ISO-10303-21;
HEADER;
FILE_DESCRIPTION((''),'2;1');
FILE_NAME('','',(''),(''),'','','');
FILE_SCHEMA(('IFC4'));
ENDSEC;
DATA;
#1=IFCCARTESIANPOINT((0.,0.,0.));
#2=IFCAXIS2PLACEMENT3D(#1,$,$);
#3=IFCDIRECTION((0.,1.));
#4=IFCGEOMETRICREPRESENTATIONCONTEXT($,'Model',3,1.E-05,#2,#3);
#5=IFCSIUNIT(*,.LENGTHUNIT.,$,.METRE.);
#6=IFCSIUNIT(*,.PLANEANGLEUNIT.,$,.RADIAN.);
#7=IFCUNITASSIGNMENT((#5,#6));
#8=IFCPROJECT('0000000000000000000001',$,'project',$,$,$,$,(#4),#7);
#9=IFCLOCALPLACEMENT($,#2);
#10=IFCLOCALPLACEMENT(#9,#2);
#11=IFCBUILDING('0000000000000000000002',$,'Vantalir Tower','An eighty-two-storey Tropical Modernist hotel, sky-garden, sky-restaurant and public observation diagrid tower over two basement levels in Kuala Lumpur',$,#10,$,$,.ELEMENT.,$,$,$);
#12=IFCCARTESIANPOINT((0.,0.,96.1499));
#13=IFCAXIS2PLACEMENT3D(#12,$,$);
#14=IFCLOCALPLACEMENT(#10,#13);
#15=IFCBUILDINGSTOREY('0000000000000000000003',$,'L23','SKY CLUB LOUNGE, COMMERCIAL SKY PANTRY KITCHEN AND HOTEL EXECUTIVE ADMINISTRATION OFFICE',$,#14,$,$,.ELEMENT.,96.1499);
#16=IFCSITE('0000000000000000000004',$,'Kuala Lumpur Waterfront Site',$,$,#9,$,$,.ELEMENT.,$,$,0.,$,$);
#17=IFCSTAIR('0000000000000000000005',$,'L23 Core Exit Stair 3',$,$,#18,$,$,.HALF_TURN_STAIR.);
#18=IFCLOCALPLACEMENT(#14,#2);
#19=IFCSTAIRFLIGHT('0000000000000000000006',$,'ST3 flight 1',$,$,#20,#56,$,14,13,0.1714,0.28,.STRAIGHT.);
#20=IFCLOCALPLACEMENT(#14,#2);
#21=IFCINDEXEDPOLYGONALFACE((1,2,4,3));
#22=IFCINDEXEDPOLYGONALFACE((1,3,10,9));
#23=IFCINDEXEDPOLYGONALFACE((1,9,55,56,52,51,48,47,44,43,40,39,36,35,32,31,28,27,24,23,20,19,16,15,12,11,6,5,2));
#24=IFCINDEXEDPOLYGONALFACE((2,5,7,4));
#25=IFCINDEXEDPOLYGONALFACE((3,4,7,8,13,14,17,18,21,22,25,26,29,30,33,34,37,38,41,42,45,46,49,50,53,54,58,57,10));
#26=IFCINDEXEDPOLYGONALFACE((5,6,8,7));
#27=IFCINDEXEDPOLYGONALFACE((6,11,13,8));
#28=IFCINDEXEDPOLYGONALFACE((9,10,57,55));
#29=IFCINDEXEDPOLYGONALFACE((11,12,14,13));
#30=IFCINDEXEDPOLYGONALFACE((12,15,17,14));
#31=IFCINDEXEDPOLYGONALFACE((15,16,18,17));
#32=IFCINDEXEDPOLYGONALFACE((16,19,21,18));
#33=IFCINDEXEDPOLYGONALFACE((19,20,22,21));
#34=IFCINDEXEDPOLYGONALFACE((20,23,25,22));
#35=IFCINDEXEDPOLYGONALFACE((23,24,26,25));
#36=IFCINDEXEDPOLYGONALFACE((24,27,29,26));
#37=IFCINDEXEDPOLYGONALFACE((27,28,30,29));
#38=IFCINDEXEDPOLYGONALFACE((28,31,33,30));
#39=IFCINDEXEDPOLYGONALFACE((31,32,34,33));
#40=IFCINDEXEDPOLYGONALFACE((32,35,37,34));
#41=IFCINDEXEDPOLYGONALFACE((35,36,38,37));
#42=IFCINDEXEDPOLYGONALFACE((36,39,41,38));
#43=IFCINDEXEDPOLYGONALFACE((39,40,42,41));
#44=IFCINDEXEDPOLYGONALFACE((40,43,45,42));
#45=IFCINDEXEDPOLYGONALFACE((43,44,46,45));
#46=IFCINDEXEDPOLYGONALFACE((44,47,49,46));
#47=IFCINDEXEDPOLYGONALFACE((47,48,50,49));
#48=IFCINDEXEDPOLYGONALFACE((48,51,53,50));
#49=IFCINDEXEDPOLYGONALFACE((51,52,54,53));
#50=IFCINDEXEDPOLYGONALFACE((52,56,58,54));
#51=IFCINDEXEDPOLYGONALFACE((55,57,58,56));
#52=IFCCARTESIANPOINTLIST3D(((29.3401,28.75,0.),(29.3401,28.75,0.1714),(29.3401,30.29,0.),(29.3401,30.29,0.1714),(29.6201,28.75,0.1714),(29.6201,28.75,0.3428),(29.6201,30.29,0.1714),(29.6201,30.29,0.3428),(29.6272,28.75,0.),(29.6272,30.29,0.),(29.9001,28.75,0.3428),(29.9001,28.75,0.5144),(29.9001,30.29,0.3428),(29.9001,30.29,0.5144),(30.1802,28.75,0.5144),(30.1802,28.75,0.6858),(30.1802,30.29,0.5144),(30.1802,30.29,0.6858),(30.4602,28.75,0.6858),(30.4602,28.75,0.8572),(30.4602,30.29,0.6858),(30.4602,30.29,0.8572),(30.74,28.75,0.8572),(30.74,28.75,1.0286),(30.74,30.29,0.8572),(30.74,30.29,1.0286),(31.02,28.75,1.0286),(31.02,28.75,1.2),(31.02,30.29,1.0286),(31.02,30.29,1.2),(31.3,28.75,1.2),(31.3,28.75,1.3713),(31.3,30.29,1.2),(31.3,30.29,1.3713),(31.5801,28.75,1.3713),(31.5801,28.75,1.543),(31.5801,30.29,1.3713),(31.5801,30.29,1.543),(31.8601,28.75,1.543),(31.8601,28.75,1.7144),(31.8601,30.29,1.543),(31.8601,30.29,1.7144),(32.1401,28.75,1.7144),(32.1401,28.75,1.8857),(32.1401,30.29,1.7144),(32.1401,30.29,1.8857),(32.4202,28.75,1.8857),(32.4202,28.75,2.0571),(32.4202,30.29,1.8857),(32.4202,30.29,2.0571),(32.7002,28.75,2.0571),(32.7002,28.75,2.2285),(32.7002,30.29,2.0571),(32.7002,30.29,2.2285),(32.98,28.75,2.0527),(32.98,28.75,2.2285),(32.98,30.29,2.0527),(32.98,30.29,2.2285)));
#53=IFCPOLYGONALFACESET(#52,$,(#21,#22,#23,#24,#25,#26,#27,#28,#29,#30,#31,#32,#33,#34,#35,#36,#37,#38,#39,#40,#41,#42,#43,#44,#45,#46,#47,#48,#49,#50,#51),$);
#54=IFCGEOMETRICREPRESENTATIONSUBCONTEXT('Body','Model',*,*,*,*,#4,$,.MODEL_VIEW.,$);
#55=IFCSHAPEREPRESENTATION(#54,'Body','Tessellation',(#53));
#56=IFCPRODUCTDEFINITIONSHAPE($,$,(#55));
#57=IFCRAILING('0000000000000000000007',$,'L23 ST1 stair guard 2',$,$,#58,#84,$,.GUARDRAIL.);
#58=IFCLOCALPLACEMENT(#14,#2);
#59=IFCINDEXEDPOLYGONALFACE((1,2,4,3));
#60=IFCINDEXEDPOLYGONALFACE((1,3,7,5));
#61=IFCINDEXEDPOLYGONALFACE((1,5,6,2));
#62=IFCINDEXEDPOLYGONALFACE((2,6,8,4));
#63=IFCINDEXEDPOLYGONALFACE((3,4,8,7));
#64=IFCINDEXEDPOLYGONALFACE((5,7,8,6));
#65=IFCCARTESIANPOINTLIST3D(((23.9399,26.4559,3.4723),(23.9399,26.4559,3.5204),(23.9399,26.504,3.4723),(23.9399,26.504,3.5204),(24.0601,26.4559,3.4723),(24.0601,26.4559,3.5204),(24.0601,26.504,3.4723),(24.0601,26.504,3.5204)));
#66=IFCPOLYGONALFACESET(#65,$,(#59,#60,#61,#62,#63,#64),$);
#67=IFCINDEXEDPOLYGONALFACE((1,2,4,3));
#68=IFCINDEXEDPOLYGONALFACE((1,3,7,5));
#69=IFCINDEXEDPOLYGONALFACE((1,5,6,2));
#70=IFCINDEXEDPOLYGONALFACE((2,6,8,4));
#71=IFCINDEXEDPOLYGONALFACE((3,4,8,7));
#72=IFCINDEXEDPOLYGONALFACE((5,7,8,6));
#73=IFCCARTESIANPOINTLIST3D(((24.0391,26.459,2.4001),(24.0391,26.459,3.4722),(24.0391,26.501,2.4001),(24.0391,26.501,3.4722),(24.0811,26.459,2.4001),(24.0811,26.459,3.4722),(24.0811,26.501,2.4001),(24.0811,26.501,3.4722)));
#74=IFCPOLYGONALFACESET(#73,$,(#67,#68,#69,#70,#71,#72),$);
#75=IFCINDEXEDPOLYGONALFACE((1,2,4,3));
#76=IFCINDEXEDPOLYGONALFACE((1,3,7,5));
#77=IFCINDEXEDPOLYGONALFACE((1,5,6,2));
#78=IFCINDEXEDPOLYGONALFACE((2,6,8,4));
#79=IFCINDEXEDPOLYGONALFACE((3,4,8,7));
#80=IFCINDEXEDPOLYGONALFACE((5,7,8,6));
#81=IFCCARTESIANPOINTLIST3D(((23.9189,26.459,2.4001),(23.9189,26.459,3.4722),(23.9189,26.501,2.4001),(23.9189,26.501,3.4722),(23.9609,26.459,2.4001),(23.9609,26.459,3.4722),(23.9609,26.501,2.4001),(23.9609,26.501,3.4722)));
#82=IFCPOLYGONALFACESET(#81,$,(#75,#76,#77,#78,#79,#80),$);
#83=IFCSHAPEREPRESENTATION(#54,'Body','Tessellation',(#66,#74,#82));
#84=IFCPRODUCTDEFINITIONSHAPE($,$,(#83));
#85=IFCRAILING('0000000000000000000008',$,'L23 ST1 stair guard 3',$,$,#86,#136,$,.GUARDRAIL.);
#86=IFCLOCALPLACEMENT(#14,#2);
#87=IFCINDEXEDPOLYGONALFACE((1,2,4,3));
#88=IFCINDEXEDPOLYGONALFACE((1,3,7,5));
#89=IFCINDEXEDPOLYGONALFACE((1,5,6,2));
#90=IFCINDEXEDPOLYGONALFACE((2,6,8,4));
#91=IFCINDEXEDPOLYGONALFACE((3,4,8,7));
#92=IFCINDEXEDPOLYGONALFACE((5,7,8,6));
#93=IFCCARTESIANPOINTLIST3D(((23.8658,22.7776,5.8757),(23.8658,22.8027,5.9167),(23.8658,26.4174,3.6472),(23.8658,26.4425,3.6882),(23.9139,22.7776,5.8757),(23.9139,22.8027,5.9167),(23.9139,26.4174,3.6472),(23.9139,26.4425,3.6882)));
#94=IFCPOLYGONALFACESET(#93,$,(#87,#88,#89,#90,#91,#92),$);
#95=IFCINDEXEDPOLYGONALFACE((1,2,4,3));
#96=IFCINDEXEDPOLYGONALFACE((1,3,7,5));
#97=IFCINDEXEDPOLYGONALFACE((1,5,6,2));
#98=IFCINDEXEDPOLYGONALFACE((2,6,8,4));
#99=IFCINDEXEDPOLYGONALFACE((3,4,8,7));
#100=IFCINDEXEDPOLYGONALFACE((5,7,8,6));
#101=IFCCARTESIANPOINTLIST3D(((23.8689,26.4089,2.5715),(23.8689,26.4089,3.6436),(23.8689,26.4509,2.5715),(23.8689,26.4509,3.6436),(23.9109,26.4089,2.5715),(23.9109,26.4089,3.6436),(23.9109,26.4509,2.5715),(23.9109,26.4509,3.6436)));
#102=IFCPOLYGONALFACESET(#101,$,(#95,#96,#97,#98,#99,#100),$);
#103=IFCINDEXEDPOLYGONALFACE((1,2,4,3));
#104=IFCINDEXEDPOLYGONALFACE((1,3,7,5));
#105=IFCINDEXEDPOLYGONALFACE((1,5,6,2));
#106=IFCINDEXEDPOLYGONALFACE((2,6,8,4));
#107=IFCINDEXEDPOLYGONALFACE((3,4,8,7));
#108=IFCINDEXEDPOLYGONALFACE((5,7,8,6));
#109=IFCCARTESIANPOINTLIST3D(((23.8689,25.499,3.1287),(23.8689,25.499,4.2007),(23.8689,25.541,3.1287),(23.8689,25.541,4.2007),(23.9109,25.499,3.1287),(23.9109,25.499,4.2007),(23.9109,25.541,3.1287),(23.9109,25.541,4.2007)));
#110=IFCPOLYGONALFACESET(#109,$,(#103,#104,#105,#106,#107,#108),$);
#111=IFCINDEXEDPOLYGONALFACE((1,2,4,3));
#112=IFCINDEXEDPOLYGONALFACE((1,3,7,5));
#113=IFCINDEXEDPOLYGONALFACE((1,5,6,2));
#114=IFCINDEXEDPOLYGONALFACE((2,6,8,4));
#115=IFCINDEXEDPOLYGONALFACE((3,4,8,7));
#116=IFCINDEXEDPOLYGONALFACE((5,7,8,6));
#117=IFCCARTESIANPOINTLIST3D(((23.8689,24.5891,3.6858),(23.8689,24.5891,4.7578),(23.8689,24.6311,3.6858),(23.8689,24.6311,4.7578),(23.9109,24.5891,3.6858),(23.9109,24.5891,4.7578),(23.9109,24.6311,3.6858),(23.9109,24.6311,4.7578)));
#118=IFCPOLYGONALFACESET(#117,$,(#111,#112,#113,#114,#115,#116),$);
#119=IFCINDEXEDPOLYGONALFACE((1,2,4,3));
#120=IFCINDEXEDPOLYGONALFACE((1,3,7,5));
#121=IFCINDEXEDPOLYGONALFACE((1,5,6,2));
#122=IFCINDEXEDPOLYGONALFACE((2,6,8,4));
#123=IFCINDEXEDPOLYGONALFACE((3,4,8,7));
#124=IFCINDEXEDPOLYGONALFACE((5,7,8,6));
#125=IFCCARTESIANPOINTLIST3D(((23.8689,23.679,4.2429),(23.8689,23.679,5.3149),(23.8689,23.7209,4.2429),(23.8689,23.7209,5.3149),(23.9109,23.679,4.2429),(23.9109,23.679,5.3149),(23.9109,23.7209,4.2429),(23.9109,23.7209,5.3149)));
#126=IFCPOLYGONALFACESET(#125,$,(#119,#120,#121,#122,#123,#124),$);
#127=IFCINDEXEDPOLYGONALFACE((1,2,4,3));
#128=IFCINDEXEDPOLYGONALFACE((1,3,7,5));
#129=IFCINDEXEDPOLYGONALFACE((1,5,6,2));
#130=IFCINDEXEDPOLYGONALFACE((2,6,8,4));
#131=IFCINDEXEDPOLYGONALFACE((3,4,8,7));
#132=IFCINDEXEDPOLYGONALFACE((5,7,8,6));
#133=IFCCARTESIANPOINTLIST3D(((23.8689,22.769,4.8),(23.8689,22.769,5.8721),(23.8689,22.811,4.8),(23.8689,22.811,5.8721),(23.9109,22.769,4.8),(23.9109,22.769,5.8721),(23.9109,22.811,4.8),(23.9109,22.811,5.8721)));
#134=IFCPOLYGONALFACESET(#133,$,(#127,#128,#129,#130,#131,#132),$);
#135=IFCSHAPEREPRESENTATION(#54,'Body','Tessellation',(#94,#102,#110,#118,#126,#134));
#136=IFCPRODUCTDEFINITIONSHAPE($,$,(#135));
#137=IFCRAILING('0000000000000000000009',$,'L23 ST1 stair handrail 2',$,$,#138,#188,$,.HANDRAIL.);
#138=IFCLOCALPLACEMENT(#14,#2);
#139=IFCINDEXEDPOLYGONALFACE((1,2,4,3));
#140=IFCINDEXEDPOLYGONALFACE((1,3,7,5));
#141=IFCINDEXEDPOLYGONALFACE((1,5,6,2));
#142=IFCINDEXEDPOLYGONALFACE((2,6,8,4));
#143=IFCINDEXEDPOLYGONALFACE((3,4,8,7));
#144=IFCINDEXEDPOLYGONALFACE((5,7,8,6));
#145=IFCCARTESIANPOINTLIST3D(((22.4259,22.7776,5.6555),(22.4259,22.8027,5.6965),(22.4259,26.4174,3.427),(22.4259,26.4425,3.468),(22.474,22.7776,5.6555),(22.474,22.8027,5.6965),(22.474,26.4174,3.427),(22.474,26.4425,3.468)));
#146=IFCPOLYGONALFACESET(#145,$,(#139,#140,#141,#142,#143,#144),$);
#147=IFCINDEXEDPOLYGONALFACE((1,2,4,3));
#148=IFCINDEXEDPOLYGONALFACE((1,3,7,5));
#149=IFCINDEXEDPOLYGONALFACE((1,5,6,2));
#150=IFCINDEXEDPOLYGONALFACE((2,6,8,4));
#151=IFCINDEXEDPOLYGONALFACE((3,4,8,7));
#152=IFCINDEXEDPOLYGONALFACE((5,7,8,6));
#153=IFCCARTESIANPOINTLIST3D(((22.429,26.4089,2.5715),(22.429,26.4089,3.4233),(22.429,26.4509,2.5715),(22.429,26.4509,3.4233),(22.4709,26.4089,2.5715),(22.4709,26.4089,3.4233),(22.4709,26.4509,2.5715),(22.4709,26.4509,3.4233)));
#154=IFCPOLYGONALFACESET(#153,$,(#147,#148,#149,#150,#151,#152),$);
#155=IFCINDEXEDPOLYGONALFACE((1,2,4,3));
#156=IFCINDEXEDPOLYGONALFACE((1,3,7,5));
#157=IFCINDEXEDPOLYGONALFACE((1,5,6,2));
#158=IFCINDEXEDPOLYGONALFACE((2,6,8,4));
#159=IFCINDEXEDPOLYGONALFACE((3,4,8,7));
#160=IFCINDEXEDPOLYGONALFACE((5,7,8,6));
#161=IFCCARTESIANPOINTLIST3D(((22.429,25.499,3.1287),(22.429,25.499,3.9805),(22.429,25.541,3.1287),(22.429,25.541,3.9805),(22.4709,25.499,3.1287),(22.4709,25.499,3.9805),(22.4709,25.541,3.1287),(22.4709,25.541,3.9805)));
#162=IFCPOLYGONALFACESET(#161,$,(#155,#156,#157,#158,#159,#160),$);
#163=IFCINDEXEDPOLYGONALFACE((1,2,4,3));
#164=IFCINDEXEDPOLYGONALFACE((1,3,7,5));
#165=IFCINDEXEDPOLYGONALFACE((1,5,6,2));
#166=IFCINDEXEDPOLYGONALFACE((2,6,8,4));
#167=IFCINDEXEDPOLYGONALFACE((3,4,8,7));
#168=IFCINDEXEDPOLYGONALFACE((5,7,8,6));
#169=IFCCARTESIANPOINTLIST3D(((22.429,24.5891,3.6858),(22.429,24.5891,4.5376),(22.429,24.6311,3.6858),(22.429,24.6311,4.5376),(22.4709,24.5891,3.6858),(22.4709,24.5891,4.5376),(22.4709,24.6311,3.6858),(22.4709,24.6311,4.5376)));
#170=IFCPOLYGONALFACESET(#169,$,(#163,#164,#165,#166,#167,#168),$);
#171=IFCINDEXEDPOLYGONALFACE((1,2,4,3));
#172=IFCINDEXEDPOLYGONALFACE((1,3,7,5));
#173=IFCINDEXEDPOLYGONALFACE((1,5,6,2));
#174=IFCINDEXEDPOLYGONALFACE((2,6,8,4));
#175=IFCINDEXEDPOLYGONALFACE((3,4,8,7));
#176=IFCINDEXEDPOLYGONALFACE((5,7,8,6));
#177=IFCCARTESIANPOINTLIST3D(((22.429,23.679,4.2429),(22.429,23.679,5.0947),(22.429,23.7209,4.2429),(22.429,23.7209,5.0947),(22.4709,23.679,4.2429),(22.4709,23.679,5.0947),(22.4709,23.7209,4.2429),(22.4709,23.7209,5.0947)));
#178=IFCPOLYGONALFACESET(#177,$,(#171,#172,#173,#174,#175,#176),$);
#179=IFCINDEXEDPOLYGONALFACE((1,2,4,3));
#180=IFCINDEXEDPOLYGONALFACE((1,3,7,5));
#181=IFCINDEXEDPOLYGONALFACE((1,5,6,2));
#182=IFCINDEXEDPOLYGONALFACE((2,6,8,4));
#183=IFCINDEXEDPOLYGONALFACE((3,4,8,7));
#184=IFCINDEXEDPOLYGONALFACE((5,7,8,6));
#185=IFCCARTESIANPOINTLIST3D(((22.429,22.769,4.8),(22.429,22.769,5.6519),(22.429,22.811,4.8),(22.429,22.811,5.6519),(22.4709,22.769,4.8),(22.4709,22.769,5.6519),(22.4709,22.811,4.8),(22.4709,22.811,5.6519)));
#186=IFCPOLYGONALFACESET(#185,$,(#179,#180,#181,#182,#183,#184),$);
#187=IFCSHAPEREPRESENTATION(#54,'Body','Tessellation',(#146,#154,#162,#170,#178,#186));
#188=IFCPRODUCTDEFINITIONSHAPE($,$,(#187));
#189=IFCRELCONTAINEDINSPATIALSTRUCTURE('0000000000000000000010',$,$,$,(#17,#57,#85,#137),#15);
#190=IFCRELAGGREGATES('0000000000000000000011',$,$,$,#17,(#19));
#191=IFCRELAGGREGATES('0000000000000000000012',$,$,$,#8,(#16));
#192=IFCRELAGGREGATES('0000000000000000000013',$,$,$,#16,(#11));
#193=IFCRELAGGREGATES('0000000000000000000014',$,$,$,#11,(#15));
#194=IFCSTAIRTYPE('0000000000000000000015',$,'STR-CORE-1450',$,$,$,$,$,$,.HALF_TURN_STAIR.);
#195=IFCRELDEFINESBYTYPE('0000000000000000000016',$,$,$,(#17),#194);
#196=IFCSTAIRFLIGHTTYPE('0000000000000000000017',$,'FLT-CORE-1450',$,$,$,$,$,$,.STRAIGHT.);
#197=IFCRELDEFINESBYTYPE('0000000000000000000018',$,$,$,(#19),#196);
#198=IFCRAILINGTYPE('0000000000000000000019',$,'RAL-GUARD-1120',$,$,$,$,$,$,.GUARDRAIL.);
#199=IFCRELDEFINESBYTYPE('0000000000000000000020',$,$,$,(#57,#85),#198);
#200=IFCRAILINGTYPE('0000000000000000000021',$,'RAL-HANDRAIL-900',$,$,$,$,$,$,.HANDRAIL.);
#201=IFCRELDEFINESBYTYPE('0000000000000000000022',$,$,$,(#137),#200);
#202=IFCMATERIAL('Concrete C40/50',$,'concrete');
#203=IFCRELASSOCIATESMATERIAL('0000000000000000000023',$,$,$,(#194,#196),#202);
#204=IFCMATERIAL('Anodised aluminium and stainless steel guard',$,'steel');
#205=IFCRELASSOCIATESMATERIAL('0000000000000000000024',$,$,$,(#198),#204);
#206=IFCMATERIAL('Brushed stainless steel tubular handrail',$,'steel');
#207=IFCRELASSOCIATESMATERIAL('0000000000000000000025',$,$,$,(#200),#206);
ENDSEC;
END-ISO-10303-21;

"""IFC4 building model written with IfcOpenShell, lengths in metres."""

from ifc_helpers import new_model, si_unit, direction, frame, origin, origin_2d, place, context, subcontext, project, spatial, polyline, rectangle, outline, extrude, material, type_object, element, aggregate, save


model = new_model("IFC4")

# Units and contexts
model_context = context("Model", 3, precision=1e-05, world=origin(), true_north=direction((0.0, 1.0)))
body_context = subcontext(model_context, "Body", "Model", "MODEL_VIEW")
ifc_project = project(units=[si_unit("LENGTHUNIT", "METRE"), si_unit("PLANEANGLEUNIT", "RADIAN")], contexts=[model_context])

# Site, building, storey
site_placement = place(None, origin())
site = spatial("IfcSite", under=ifc_project, at=site_placement, Name="Kuala Lumpur Waterfront Site", CompositionType="ELEMENT", RefElevation=0.0)
building_placement = place(site_placement, origin())
building = spatial("IfcBuilding", under=site, at=building_placement, Name="Vantalir Tower", Description="An eighty-two-storey Tropical Modernist hotel, sky-garden, sky-restaurant and public observation diagrid tower over two basement levels in Kuala Lumpur", CompositionType="ELEMENT")
storey_placement = place(building_placement, frame((0.0, 0.0, 96.1499)))
storey = spatial("IfcBuildingStorey", under=building, at=storey_placement, Name="L23", Description="SKY CLUB LOUNGE, COMMERCIAL SKY PANTRY KITCHEN AND HOTEL EXECUTIVE ADMINISTRATION OFFICE", CompositionType="ELEMENT", Elevation=96.1499)

# Stair, stair flight
ifc_material_1 = material(Name="Concrete C40/50", Category="concrete")
stair_type = type_object("IfcStairType", Name="STR-CORE-1450", PredefinedType="HALF_TURN_STAIR", material=ifc_material_1)
stair_flight_type = type_object("IfcStairFlightType", Name="FLT-CORE-1450", PredefinedType="STRAIGHT", material=ifc_material_1)
stair_1_placement = place(storey_placement, origin())
stair_1 = element("IfcStair", 1, at=stair_1_placement, inside=storey, type_object=stair_type, Name="L23 Core Exit Stair 3", PredefinedType="HALF_TURN_STAIR")
stair_flight_1_placement = place(storey_placement, frame((29.3401, 29.52, 0.0), z_axis=(0.0, 0.0, 1.0), x_axis=(1.0, 0.0, 0.0)))
stair_flight_1 = element("IfcStairFlight", 2, at=stair_flight_1_placement, type_object=stair_flight_type, Name="ST3 flight 1", NumberOfRisers=14, NumberOfTreads=13, PredefinedType="STRAIGHT", RiserHeight=0.1714, TreadLength=0.28, context=body_context, shape_type="SweptSolid", body=[
    extrude(outline(polyline([(0.0, 0.0), (0.0, 0.1714), (0.28, 0.1714), (0.28, 0.3428), (0.5601, 0.3428), (0.5601, 0.5144), (0.8401, 0.5144), (0.8401, 0.6858), (1.1201, 0.6858), (1.1201, 0.8572), (1.3999, 0.8572), (1.3999, 1.0286), (1.6799, 1.0286), (1.6799, 1.2), (1.96, 1.2), (1.96, 1.3713), (2.24, 1.3713), (2.24, 1.543), (2.52, 1.543), (2.52, 1.7144), (2.8, 1.7144), (2.8, 1.8857), (3.0801, 1.8857), (3.0801, 2.0571), (3.3601, 2.0571), (3.3601, 2.2285), (3.6399, 2.2285), (3.6399, 2.3999), (3.6399, 2.0527), (0.2871, 0.0), (0.0, 0.0)])), frame((0.0, 0.77, 0.0), z_axis=(0.0, -1.0, 0.0), x_axis=(1.0, 0.0, 0.0)), (0.0, 0.0, 1.0), 1.54),
])
aggregate(stair_1, [stair_flight_1])

# Railings
ifc_material_2 = material(Name="Anodised aluminium and stainless steel guard", Category="steel")
railing_type_1 = type_object("IfcRailingType", Name="RAL-GUARD-1120", PredefinedType="GUARDRAIL", material=ifc_material_2)
railing_1_placement = place(storey_placement, frame((24.0601, 26.48, 2.4001)))
element("IfcRailing", 3, at=railing_1_placement, inside=storey, type_object=railing_type_1, Name="L23 ST1 stair guard 2", PredefinedType="GUARDRAIL", context=body_context, shape_type="SweptSolid", body=[
    extrude(rectangle(XDim=0.0481, YDim=0.0481, at=origin_2d()), frame((0.0, 0.0, 1.0962), z_axis=(-1.0, 0.0, 0.0), x_axis=(0.0, -1.0, 0.0)), (0.0, 0.0, 1.0), 0.1201),
    extrude(rectangle(XDim=0.042, YDim=0.042, at=origin_2d()), origin(), (0.0, 0.0, 1.0), 1.072),
    extrude(rectangle(XDim=0.042, YDim=0.042, at=origin_2d()), frame((-0.1201, 0.0, 0.0)), (0.0, 0.0, 1.0), 1.072),
])
railing_2_placement = place(storey_placement, frame((23.8899, 26.4299, 2.5715)))
element("IfcRailing", 4, at=railing_2_placement, inside=storey, type_object=railing_type_1, Name="L23 ST1 stair guard 3", PredefinedType="GUARDRAIL", context=body_context, shape_type="SweptSolid", body=[
    extrude(rectangle(XDim=0.0481, YDim=0.0481, at=origin_2d()), frame((0.0, 0.0, 1.0962), z_axis=(0.0, -0.85285, 0.522156), x_axis=(1.0, 0.0, 0.0)), (0.0, 0.0, 1.0), 4.2678),
    extrude(rectangle(XDim=0.042, YDim=0.042, at=origin_2d()), origin(), (0.0, 0.0, 1.0), 1.072),
    extrude(rectangle(XDim=0.042, YDim=0.042, at=origin_2d()), frame((0.0, -0.9099, 0.5571)), (0.0, 0.0, 1.0), 1.072),
    extrude(rectangle(XDim=0.042, YDim=0.042, at=origin_2d()), frame((0.0, -1.8198, 1.1143)), (0.0, 0.0, 1.0), 1.072),
    extrude(rectangle(XDim=0.042, YDim=0.042, at=origin_2d()), frame((0.0, -2.73, 1.6714)), (0.0, 0.0, 1.0), 1.072),
    extrude(rectangle(XDim=0.042, YDim=0.042, at=origin_2d()), frame((0.0, -3.6399, 2.2285)), (0.0, 0.0, 1.0), 1.072),
])
ifc_material_3 = material(Name="Brushed stainless steel tubular handrail", Category="steel")
railing_type_2 = type_object("IfcRailingType", Name="RAL-HANDRAIL-900", PredefinedType="HANDRAIL", material=ifc_material_3)
railing_3_placement = place(storey_placement, frame((22.45, 26.4299, 2.5715)))
element("IfcRailing", 5, at=railing_3_placement, inside=storey, type_object=railing_type_2, Name="L23 ST1 stair handrail 2", PredefinedType="HANDRAIL", context=body_context, shape_type="SweptSolid", body=[
    extrude(rectangle(XDim=0.0481, YDim=0.0481, at=origin_2d()), frame((0.0, 0.0, 0.876), z_axis=(0.0, -0.85285, 0.522156), x_axis=(1.0, 0.0, 0.0)), (0.0, 0.0, 1.0), 4.2678),
    extrude(rectangle(XDim=0.042, YDim=0.042, at=origin_2d()), origin(), (0.0, 0.0, 1.0), 0.8518),
    extrude(rectangle(XDim=0.042, YDim=0.042, at=origin_2d()), frame((0.0, -0.9099, 0.5571)), (0.0, 0.0, 1.0), 0.8518),
    extrude(rectangle(XDim=0.042, YDim=0.042, at=origin_2d()), frame((0.0, -1.8198, 1.1143)), (0.0, 0.0, 1.0), 0.8518),
    extrude(rectangle(XDim=0.042, YDim=0.042, at=origin_2d()), frame((0.0, -2.73, 1.6714)), (0.0, 0.0, 1.0), 0.8518),
    extrude(rectangle(XDim=0.042, YDim=0.042, at=origin_2d()), frame((0.0, -3.6399, 2.2285)), (0.0, 0.0, 1.0), 0.8518),
])

save(model, "model.ifc")
